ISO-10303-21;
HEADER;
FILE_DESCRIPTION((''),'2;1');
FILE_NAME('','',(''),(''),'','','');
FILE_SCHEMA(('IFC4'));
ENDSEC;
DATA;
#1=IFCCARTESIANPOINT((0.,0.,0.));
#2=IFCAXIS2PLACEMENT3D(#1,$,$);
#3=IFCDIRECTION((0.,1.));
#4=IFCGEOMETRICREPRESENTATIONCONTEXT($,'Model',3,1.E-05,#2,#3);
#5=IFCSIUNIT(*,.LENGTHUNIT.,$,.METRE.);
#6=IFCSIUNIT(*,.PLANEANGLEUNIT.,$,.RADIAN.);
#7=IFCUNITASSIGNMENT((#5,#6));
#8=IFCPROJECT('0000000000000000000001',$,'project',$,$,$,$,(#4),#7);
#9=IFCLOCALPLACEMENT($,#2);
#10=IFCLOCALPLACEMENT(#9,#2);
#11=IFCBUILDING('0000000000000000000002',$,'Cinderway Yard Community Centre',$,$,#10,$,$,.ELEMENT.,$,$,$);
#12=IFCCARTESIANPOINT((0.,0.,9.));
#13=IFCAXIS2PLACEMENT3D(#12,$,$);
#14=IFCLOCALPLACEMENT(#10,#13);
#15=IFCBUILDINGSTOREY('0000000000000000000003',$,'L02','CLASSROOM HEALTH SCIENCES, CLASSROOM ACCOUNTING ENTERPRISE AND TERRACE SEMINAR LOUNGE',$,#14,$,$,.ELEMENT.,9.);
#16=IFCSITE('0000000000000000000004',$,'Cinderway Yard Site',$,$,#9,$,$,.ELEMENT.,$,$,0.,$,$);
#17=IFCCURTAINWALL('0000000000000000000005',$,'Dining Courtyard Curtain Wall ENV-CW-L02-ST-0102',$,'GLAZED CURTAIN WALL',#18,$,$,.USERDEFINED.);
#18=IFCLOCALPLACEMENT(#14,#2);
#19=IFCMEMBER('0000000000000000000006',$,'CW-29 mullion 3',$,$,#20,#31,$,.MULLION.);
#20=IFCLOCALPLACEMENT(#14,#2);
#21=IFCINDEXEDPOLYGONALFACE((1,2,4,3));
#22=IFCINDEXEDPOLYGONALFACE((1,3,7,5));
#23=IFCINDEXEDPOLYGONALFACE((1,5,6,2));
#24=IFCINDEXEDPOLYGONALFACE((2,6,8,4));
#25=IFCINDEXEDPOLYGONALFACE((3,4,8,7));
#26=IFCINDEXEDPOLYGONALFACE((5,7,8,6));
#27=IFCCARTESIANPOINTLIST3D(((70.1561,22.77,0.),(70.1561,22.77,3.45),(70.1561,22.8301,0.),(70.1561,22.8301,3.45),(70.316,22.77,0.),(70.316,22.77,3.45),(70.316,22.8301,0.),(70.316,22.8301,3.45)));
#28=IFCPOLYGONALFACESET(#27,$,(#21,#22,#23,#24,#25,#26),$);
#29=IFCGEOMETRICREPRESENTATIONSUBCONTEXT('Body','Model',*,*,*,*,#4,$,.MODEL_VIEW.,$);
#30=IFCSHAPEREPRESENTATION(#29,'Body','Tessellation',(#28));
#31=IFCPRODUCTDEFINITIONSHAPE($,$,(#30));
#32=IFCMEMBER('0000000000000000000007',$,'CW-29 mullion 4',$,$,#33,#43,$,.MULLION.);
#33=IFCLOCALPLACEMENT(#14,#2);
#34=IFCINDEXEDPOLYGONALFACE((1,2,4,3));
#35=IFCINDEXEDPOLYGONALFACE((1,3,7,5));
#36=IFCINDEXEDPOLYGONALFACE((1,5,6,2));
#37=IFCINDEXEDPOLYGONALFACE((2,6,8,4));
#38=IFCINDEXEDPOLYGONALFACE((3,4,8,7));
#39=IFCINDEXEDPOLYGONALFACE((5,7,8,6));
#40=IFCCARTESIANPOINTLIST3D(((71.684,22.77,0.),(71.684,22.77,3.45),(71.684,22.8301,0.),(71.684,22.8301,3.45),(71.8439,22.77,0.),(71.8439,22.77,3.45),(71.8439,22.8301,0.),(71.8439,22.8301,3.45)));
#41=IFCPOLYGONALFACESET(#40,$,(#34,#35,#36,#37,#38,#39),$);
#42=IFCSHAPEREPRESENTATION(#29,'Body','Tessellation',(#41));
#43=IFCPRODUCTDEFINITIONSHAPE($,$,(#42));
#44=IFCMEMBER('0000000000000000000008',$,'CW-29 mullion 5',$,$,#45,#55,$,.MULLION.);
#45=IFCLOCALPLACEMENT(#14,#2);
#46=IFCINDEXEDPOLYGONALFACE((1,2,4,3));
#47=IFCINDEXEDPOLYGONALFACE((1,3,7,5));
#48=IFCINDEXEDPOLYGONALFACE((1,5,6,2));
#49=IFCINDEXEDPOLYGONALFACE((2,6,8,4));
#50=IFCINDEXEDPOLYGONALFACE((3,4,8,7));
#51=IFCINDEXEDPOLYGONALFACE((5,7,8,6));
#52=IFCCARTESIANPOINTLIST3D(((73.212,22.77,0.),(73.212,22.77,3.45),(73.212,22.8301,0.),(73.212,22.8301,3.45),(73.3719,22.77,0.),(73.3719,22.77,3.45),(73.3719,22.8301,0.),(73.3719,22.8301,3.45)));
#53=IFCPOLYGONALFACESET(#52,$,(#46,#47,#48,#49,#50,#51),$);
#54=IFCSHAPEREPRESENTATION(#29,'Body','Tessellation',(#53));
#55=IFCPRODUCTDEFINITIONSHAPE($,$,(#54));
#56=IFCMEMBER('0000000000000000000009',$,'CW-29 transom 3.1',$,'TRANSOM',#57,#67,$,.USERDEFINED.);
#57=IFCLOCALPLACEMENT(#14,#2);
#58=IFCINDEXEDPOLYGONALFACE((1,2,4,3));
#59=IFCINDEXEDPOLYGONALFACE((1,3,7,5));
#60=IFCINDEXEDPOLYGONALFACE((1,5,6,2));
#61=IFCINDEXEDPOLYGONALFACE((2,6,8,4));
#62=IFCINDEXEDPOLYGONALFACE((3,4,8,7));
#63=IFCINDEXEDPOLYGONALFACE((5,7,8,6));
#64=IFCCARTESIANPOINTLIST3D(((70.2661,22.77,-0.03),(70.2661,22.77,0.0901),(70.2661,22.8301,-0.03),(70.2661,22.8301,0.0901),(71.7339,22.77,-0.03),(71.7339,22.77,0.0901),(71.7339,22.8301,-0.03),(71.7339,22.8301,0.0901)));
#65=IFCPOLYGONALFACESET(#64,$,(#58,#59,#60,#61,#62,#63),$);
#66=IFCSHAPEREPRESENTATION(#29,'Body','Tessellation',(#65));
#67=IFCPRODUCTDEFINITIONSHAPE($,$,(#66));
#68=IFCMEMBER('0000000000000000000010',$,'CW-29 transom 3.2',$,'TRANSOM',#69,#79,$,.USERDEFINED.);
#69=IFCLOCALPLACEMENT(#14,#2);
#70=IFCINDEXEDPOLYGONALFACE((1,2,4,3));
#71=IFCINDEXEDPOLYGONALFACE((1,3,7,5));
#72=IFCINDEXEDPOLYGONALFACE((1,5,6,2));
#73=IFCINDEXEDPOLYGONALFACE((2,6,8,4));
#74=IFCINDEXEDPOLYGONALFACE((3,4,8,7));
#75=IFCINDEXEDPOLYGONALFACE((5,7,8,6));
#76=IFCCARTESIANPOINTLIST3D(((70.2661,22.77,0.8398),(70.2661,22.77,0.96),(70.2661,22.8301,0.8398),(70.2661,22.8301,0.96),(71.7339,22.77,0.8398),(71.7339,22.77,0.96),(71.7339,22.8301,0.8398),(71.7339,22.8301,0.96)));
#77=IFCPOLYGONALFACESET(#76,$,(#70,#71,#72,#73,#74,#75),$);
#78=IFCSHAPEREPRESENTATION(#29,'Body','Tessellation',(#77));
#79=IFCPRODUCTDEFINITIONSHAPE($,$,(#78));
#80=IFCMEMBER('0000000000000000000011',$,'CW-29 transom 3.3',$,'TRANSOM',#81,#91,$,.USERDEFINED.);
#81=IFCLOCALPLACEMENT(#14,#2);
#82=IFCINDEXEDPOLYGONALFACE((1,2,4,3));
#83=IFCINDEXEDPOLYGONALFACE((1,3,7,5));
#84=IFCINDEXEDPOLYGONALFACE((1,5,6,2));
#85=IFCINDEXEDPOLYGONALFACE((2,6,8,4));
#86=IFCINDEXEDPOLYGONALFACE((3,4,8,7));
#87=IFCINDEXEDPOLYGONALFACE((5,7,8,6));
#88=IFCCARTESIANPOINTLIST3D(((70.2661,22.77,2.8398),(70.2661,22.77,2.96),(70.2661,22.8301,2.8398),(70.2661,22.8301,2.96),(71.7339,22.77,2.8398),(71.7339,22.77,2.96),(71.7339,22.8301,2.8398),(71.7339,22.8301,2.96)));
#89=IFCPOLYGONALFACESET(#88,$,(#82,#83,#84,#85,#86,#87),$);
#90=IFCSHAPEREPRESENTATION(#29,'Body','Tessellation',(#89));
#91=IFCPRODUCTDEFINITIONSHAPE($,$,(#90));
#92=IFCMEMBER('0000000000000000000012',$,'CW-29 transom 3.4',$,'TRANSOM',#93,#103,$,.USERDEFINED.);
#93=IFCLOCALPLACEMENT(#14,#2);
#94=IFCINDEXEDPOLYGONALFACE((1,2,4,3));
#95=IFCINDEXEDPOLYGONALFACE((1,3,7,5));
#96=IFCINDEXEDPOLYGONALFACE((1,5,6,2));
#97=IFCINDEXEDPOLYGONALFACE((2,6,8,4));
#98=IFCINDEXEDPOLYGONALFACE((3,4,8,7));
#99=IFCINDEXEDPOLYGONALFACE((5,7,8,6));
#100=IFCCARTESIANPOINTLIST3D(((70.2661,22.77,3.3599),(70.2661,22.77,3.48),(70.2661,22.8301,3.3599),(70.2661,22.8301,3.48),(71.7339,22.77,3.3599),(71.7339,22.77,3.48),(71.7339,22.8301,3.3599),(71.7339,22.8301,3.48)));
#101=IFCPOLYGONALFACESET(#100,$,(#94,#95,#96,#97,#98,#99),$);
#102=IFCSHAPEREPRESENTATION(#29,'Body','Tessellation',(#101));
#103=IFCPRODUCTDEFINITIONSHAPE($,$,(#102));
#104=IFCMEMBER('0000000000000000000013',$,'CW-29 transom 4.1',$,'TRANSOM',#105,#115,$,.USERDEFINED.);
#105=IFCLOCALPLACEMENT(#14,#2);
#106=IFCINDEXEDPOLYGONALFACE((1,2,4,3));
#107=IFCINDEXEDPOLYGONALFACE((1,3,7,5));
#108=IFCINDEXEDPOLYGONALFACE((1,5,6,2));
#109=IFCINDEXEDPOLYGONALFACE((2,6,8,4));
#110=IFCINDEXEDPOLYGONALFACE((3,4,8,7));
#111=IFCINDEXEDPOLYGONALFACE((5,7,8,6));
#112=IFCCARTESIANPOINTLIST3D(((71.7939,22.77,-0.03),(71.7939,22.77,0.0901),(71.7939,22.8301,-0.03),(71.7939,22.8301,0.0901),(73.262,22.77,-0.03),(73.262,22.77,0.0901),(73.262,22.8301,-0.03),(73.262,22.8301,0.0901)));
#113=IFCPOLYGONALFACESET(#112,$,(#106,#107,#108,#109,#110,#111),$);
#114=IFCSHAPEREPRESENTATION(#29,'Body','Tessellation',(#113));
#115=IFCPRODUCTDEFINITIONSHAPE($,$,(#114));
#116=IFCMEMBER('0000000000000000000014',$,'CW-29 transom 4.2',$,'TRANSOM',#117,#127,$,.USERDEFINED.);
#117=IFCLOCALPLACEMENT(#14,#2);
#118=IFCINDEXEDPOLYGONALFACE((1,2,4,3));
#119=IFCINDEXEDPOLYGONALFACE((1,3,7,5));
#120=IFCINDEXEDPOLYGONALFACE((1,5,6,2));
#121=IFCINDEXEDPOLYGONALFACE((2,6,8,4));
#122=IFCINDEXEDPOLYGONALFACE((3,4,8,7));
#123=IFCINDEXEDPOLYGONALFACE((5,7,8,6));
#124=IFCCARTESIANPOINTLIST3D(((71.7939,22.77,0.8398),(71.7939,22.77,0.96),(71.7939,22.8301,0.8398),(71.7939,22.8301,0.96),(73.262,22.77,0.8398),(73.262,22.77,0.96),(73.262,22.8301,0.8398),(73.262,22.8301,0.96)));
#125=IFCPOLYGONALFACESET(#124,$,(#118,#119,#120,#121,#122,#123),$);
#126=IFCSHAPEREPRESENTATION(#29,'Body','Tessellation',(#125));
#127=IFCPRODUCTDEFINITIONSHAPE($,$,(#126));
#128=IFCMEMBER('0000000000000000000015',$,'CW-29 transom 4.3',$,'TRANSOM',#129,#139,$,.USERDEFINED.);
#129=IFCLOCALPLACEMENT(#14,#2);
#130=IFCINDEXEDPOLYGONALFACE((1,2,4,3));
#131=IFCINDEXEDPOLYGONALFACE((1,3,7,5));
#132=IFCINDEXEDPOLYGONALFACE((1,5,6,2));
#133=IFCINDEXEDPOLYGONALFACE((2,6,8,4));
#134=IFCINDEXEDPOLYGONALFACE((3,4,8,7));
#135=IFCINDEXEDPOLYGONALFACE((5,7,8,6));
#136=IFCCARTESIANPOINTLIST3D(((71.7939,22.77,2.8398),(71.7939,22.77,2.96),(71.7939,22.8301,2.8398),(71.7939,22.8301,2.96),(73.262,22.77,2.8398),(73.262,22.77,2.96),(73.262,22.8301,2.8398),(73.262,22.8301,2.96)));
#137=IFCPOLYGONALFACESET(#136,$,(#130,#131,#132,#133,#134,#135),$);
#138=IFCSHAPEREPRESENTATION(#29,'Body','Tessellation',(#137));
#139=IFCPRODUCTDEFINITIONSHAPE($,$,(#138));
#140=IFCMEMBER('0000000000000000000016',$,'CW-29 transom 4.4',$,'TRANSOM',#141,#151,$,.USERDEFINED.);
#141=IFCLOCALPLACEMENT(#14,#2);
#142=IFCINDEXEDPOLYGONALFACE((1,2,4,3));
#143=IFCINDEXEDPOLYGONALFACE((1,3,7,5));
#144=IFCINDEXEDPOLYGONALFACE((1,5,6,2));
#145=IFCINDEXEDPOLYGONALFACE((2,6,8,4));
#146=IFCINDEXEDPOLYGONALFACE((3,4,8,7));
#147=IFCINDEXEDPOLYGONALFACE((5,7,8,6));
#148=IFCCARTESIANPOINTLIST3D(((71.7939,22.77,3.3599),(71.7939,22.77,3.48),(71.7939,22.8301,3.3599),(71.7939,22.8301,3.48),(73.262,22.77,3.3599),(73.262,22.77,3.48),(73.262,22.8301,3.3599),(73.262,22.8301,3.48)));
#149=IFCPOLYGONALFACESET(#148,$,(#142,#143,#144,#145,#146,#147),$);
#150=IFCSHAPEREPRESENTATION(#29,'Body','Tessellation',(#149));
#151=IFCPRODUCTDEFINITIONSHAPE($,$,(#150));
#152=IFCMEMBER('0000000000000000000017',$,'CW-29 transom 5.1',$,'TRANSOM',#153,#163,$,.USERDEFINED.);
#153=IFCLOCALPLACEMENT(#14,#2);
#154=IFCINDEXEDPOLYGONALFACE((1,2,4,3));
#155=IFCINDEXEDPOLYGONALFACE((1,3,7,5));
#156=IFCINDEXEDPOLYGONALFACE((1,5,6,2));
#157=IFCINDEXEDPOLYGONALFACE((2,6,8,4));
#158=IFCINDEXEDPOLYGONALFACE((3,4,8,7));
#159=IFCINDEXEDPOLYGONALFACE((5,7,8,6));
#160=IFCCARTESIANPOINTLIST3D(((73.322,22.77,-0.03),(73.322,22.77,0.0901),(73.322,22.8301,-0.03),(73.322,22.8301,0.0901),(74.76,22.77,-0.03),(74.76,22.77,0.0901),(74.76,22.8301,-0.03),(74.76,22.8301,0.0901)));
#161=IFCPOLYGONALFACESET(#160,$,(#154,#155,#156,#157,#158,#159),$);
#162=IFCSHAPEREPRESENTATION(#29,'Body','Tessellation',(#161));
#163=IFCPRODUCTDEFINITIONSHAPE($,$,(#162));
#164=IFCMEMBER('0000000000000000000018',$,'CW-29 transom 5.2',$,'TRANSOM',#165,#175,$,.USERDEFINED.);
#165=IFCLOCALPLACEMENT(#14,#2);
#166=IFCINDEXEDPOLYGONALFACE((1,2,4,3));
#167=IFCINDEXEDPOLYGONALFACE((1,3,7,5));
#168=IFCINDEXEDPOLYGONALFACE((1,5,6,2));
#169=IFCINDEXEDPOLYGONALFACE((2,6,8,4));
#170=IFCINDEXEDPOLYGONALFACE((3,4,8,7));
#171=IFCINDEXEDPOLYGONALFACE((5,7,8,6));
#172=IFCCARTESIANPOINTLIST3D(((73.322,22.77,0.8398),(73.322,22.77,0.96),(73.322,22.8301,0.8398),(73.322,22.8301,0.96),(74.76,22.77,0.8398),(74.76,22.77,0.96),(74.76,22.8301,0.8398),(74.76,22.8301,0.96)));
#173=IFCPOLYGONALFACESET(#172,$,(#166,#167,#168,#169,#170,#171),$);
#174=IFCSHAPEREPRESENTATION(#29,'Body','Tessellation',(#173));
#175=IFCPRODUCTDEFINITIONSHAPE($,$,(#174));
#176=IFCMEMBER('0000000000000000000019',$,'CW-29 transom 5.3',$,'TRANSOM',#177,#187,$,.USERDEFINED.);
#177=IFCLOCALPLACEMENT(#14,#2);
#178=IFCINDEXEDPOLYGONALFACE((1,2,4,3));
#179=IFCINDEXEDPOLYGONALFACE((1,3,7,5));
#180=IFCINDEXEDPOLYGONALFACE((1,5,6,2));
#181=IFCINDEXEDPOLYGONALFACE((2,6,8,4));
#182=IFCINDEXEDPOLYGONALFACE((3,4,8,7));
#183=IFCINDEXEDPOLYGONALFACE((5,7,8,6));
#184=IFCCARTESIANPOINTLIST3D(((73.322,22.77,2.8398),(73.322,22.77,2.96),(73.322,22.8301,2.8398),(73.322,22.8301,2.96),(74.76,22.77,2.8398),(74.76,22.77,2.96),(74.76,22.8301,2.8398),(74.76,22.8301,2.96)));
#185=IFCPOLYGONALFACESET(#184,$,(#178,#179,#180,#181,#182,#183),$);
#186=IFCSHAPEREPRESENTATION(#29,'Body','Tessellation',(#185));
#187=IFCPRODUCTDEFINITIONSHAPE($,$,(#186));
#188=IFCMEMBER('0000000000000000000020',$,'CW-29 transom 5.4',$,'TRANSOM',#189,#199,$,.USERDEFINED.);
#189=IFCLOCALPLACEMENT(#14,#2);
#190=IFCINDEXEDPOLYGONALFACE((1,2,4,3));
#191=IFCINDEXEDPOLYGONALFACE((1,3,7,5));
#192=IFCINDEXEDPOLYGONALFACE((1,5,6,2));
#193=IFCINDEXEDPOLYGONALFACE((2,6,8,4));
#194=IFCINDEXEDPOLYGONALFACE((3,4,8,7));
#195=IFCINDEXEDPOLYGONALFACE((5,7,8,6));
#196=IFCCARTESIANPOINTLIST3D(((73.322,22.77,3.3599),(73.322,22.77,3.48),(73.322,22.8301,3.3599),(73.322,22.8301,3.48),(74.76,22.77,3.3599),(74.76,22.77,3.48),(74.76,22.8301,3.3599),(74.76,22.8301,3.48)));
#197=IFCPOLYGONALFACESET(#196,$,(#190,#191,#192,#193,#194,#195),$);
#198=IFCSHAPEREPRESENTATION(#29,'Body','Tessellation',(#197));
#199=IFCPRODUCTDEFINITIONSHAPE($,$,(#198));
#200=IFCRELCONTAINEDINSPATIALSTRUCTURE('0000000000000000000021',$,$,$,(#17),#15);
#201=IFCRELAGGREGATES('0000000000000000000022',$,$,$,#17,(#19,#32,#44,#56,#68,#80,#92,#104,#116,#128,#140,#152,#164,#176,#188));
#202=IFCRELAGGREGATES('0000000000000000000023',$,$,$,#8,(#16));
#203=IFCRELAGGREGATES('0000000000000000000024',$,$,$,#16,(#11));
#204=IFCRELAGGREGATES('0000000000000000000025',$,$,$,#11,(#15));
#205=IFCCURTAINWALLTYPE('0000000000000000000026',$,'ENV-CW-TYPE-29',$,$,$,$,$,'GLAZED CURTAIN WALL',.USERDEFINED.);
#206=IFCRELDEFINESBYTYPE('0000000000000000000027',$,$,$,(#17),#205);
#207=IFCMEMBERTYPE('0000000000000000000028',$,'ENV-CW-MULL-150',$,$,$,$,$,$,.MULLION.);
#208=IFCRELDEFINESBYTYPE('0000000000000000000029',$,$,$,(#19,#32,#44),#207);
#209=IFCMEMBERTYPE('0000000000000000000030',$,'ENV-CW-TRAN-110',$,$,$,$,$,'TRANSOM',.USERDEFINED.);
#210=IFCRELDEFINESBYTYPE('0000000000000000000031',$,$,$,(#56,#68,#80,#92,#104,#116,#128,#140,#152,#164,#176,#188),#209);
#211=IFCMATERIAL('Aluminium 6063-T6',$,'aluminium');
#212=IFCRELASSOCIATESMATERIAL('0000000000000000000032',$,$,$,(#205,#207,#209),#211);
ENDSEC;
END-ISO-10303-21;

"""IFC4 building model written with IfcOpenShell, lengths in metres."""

from ifc_helpers import new_model, si_unit, direction, frame, origin, origin_2d, place, context, subcontext, project, spatial, rectangle, extrude, material, material_profile, profile_set, type_object, element, aggregate, save


model = new_model("IFC4")

# Units and contexts
model_context = context("Model", 3, precision=1e-05, world=origin(), true_north=direction((0.0, 1.0)))
body_context = subcontext(model_context, "Body", "Model", "MODEL_VIEW")
ifc_project = project(units=[si_unit("LENGTHUNIT", "METRE"), si_unit("PLANEANGLEUNIT", "RADIAN")], contexts=[model_context])

# Site, building, storey
site_placement = place(None, origin())
site = spatial("IfcSite", under=ifc_project, at=site_placement, Name="Cinderway Yard Site", CompositionType="ELEMENT", RefElevation=0.0)
building_placement = place(site_placement, origin())
building = spatial("IfcBuilding", under=site, at=building_placement, Name="Cinderway Yard Community Centre", CompositionType="ELEMENT")
storey_placement = place(building_placement, frame((0.0, 0.0, 9.0)))
storey = spatial("IfcBuildingStorey", under=building, at=storey_placement, Name="L02", Description="CLASSROOM HEALTH SCIENCES, CLASSROOM ACCOUNTING ENTERPRISE AND TERRACE SEMINAR LOUNGE", CompositionType="ELEMENT", Elevation=9.0)

# Curtain wall, members
ifc_material_1 = material(Name="Aluminium 6063-T6", Category="aluminium")
curtain_wall_type = type_object("IfcCurtainWallType", Name="ENV-CW-TYPE-29", ElementType="GLAZED CURTAIN WALL", PredefinedType="USERDEFINED", material=ifc_material_1)
curtain_wall_placement = place(storey_placement, origin())
curtain_wall = element("IfcCurtainWall", 1, at=curtain_wall_placement, inside=storey, type_object=curtain_wall_type, Name="Dining Courtyard Curtain Wall ENV-CW-L02-ST-0102", ObjectType="GLAZED CURTAIN WALL", PredefinedType="USERDEFINED")
ifc_material_profile_1 = material_profile(ifc_material_1, rectangle(XDim=0.0601, YDim=0.1599, at=origin_2d()), Name="Aluminium 6063-T6")
ifc_profile_set_1 = profile_set([ifc_material_profile_1], Name="Aluminium 6063-T6")
member_type_1 = type_object("IfcMemberType", Name="ENV-CW-MULL-150", PredefinedType="MULLION", material=ifc_profile_set_1)
member_1_placement = place(storey_placement, frame((70.2361, 22.8, 0.0), z_axis=(0.0, 0.0, 1.0), x_axis=(0.0, 1.0, 0.0)))
member_1 = element("IfcMember", 2, at=member_1_placement, type_object=member_type_1, Name="CW-29 mullion 3", PredefinedType="MULLION", context=body_context, shape_type="SweptSolid", body=[
    extrude(rectangle(XDim=0.0601, YDim=0.1599, at=origin_2d()), origin(), (0.0, 0.0, 1.0), 3.45),
])
member_2_placement = place(storey_placement, frame((71.7639, 22.8, 0.0), z_axis=(0.0, 0.0, 1.0), x_axis=(0.0, 1.0, 0.0)))
member_2 = element("IfcMember", 3, at=member_2_placement, type_object=member_type_1, Name="CW-29 mullion 4", PredefinedType="MULLION", context=body_context, shape_type="SweptSolid", body=[
    extrude(rectangle(XDim=0.0601, YDim=0.1599, at=origin_2d()), origin(), (0.0, 0.0, 1.0), 3.45),
])
member_3_placement = place(storey_placement, frame((73.292, 22.8, 0.0), z_axis=(0.0, 0.0, 1.0), x_axis=(0.0, 1.0, 0.0)))
member_3 = element("IfcMember", 4, at=member_3_placement, type_object=member_type_1, Name="CW-29 mullion 5", PredefinedType="MULLION", context=body_context, shape_type="SweptSolid", body=[
    extrude(rectangle(XDim=0.0601, YDim=0.1599, at=origin_2d()), origin(), (0.0, 0.0, 1.0), 3.45),
])
ifc_material_profile_2 = material_profile(ifc_material_1, rectangle(XDim=0.0601, YDim=0.1201, at=origin_2d()), Name="Aluminium 6063-T6")
ifc_profile_set_2 = profile_set([ifc_material_profile_2], Name="Aluminium 6063-T6")
member_type_2 = type_object("IfcMemberType", Name="ENV-CW-TRAN-110", ElementType="TRANSOM", PredefinedType="USERDEFINED", material=ifc_profile_set_2)
member_4_placement = place(storey_placement, frame((70.2661, 22.8, 0.03), z_axis=(1.0, 0.0, 0.0), x_axis=(0.0, 1.0, 0.0)))
member_4 = element("IfcMember", 5, at=member_4_placement, type_object=member_type_2, Name="CW-29 transom 3.1", ObjectType="TRANSOM", PredefinedType="USERDEFINED", context=body_context, shape_type="SweptSolid", body=[
    extrude(rectangle(XDim=0.0601, YDim=0.1201, at=origin_2d()), origin(), (0.0, 0.0, 1.0), 1.4678),
])
member_5_placement = place(storey_placement, frame((70.2661, 22.8, 0.8999), z_axis=(1.0, 0.0, 0.0), x_axis=(0.0, 1.0, 0.0)))
member_5 = element("IfcMember", 6, at=member_5_placement, type_object=member_type_2, Name="CW-29 transom 3.2", ObjectType="TRANSOM", PredefinedType="USERDEFINED", context=body_context, shape_type="SweptSolid", body=[
    extrude(rectangle(XDim=0.0601, YDim=0.1201, at=origin_2d()), origin(), (0.0, 0.0, 1.0), 1.4678),
])
member_6_placement = place(storey_placement, frame((70.2661, 22.8, 2.8999), z_axis=(1.0, 0.0, 0.0), x_axis=(0.0, 1.0, 0.0)))
member_6 = element("IfcMember", 7, at=member_6_placement, type_object=member_type_2, Name="CW-29 transom 3.3", ObjectType="TRANSOM", PredefinedType="USERDEFINED", context=body_context, shape_type="SweptSolid", body=[
    extrude(rectangle(XDim=0.0601, YDim=0.1201, at=origin_2d()), origin(), (0.0, 0.0, 1.0), 1.4678),
])
member_7_placement = place(storey_placement, frame((70.2661, 22.8, 3.4199), z_axis=(1.0, 0.0, 0.0), x_axis=(0.0, 1.0, 0.0)))
member_7 = element("IfcMember", 8, at=member_7_placement, type_object=member_type_2, Name="CW-29 transom 3.4", ObjectType="TRANSOM", PredefinedType="USERDEFINED", context=body_context, shape_type="SweptSolid", body=[
    extrude(rectangle(XDim=0.0601, YDim=0.1201, at=origin_2d()), origin(), (0.0, 0.0, 1.0), 1.4678),
])
member_8_placement = place(storey_placement, frame((71.7939, 22.8, 0.03), z_axis=(1.0, 0.0, 0.0), x_axis=(0.0, 1.0, 0.0)))
member_8 = element("IfcMember", 9, at=member_8_placement, type_object=member_type_2, Name="CW-29 transom 4.1", ObjectType="TRANSOM", PredefinedType="USERDEFINED", context=body_context, shape_type="SweptSolid", body=[
    extrude(rectangle(XDim=0.0601, YDim=0.1201, at=origin_2d()), origin(), (0.0, 0.0, 1.0), 1.468),
])
member_9_placement = place(storey_placement, frame((71.7939, 22.8, 0.8999), z_axis=(1.0, 0.0, 0.0), x_axis=(0.0, 1.0, 0.0)))
member_9 = element("IfcMember", 10, at=member_9_placement, type_object=member_type_2, Name="CW-29 transom 4.2", ObjectType="TRANSOM", PredefinedType="USERDEFINED", context=body_context, shape_type="SweptSolid", body=[
    extrude(rectangle(XDim=0.0601, YDim=0.1201, at=origin_2d()), origin(), (0.0, 0.0, 1.0), 1.468),
])
member_10_placement = place(storey_placement, frame((71.7939, 22.8, 2.8999), z_axis=(1.0, 0.0, 0.0), x_axis=(0.0, 1.0, 0.0)))
member_10 = element("IfcMember", 11, at=member_10_placement, type_object=member_type_2, Name="CW-29 transom 4.3", ObjectType="TRANSOM", PredefinedType="USERDEFINED", context=body_context, shape_type="SweptSolid", body=[
    extrude(rectangle(XDim=0.0601, YDim=0.1201, at=origin_2d()), origin(), (0.0, 0.0, 1.0), 1.468),
])
member_11_placement = place(storey_placement, frame((71.7939, 22.8, 3.4199), z_axis=(1.0, 0.0, 0.0), x_axis=(0.0, 1.0, 0.0)))
member_11 = element("IfcMember", 12, at=member_11_placement, type_object=member_type_2, Name="CW-29 transom 4.4", ObjectType="TRANSOM", PredefinedType="USERDEFINED", context=body_context, shape_type="SweptSolid", body=[
    extrude(rectangle(XDim=0.0601, YDim=0.1201, at=origin_2d()), origin(), (0.0, 0.0, 1.0), 1.468),
])
member_12_placement = place(storey_placement, frame((73.322, 22.8, 0.03), z_axis=(1.0, 0.0, 0.0), x_axis=(0.0, 1.0, 0.0)))
member_12 = element("IfcMember", 13, at=member_12_placement, type_object=member_type_2, Name="CW-29 transom 5.1", ObjectType="TRANSOM", PredefinedType="USERDEFINED", context=body_context, shape_type="SweptSolid", body=[
    extrude(rectangle(XDim=0.0601, YDim=0.1201, at=origin_2d()), origin(), (0.0, 0.0, 1.0), 1.438),
])
member_13_placement = place(storey_placement, frame((73.322, 22.8, 0.8999), z_axis=(1.0, 0.0, 0.0), x_axis=(0.0, 1.0, 0.0)))
member_13 = element("IfcMember", 14, at=member_13_placement, type_object=member_type_2, Name="CW-29 transom 5.2", ObjectType="TRANSOM", PredefinedType="USERDEFINED", context=body_context, shape_type="SweptSolid", body=[
    extrude(rectangle(XDim=0.0601, YDim=0.1201, at=origin_2d()), origin(), (0.0, 0.0, 1.0), 1.438),
])
member_14_placement = place(storey_placement, frame((73.322, 22.8, 2.8999), z_axis=(1.0, 0.0, 0.0), x_axis=(0.0, 1.0, 0.0)))
member_14 = element("IfcMember", 15, at=member_14_placement, type_object=member_type_2, Name="CW-29 transom 5.3", ObjectType="TRANSOM", PredefinedType="USERDEFINED", context=body_context, shape_type="SweptSolid", body=[
    extrude(rectangle(XDim=0.0601, YDim=0.1201, at=origin_2d()), origin(), (0.0, 0.0, 1.0), 1.438),
])
member_15_placement = place(storey_placement, frame((73.322, 22.8, 3.4199), z_axis=(1.0, 0.0, 0.0), x_axis=(0.0, 1.0, 0.0)))
member_15 = element("IfcMember", 16, at=member_15_placement, type_object=member_type_2, Name="CW-29 transom 5.4", ObjectType="TRANSOM", PredefinedType="USERDEFINED", context=body_context, shape_type="SweptSolid", body=[
    extrude(rectangle(XDim=0.0601, YDim=0.1201, at=origin_2d()), origin(), (0.0, 0.0, 1.0), 1.438),
])

aggregate(curtain_wall, [member_1, member_2, member_3, member_4, member_5, member_6, member_7, member_8, member_9, member_10, member_11, member_12, member_13, member_14, member_15])

save(model, "model.ifc")
